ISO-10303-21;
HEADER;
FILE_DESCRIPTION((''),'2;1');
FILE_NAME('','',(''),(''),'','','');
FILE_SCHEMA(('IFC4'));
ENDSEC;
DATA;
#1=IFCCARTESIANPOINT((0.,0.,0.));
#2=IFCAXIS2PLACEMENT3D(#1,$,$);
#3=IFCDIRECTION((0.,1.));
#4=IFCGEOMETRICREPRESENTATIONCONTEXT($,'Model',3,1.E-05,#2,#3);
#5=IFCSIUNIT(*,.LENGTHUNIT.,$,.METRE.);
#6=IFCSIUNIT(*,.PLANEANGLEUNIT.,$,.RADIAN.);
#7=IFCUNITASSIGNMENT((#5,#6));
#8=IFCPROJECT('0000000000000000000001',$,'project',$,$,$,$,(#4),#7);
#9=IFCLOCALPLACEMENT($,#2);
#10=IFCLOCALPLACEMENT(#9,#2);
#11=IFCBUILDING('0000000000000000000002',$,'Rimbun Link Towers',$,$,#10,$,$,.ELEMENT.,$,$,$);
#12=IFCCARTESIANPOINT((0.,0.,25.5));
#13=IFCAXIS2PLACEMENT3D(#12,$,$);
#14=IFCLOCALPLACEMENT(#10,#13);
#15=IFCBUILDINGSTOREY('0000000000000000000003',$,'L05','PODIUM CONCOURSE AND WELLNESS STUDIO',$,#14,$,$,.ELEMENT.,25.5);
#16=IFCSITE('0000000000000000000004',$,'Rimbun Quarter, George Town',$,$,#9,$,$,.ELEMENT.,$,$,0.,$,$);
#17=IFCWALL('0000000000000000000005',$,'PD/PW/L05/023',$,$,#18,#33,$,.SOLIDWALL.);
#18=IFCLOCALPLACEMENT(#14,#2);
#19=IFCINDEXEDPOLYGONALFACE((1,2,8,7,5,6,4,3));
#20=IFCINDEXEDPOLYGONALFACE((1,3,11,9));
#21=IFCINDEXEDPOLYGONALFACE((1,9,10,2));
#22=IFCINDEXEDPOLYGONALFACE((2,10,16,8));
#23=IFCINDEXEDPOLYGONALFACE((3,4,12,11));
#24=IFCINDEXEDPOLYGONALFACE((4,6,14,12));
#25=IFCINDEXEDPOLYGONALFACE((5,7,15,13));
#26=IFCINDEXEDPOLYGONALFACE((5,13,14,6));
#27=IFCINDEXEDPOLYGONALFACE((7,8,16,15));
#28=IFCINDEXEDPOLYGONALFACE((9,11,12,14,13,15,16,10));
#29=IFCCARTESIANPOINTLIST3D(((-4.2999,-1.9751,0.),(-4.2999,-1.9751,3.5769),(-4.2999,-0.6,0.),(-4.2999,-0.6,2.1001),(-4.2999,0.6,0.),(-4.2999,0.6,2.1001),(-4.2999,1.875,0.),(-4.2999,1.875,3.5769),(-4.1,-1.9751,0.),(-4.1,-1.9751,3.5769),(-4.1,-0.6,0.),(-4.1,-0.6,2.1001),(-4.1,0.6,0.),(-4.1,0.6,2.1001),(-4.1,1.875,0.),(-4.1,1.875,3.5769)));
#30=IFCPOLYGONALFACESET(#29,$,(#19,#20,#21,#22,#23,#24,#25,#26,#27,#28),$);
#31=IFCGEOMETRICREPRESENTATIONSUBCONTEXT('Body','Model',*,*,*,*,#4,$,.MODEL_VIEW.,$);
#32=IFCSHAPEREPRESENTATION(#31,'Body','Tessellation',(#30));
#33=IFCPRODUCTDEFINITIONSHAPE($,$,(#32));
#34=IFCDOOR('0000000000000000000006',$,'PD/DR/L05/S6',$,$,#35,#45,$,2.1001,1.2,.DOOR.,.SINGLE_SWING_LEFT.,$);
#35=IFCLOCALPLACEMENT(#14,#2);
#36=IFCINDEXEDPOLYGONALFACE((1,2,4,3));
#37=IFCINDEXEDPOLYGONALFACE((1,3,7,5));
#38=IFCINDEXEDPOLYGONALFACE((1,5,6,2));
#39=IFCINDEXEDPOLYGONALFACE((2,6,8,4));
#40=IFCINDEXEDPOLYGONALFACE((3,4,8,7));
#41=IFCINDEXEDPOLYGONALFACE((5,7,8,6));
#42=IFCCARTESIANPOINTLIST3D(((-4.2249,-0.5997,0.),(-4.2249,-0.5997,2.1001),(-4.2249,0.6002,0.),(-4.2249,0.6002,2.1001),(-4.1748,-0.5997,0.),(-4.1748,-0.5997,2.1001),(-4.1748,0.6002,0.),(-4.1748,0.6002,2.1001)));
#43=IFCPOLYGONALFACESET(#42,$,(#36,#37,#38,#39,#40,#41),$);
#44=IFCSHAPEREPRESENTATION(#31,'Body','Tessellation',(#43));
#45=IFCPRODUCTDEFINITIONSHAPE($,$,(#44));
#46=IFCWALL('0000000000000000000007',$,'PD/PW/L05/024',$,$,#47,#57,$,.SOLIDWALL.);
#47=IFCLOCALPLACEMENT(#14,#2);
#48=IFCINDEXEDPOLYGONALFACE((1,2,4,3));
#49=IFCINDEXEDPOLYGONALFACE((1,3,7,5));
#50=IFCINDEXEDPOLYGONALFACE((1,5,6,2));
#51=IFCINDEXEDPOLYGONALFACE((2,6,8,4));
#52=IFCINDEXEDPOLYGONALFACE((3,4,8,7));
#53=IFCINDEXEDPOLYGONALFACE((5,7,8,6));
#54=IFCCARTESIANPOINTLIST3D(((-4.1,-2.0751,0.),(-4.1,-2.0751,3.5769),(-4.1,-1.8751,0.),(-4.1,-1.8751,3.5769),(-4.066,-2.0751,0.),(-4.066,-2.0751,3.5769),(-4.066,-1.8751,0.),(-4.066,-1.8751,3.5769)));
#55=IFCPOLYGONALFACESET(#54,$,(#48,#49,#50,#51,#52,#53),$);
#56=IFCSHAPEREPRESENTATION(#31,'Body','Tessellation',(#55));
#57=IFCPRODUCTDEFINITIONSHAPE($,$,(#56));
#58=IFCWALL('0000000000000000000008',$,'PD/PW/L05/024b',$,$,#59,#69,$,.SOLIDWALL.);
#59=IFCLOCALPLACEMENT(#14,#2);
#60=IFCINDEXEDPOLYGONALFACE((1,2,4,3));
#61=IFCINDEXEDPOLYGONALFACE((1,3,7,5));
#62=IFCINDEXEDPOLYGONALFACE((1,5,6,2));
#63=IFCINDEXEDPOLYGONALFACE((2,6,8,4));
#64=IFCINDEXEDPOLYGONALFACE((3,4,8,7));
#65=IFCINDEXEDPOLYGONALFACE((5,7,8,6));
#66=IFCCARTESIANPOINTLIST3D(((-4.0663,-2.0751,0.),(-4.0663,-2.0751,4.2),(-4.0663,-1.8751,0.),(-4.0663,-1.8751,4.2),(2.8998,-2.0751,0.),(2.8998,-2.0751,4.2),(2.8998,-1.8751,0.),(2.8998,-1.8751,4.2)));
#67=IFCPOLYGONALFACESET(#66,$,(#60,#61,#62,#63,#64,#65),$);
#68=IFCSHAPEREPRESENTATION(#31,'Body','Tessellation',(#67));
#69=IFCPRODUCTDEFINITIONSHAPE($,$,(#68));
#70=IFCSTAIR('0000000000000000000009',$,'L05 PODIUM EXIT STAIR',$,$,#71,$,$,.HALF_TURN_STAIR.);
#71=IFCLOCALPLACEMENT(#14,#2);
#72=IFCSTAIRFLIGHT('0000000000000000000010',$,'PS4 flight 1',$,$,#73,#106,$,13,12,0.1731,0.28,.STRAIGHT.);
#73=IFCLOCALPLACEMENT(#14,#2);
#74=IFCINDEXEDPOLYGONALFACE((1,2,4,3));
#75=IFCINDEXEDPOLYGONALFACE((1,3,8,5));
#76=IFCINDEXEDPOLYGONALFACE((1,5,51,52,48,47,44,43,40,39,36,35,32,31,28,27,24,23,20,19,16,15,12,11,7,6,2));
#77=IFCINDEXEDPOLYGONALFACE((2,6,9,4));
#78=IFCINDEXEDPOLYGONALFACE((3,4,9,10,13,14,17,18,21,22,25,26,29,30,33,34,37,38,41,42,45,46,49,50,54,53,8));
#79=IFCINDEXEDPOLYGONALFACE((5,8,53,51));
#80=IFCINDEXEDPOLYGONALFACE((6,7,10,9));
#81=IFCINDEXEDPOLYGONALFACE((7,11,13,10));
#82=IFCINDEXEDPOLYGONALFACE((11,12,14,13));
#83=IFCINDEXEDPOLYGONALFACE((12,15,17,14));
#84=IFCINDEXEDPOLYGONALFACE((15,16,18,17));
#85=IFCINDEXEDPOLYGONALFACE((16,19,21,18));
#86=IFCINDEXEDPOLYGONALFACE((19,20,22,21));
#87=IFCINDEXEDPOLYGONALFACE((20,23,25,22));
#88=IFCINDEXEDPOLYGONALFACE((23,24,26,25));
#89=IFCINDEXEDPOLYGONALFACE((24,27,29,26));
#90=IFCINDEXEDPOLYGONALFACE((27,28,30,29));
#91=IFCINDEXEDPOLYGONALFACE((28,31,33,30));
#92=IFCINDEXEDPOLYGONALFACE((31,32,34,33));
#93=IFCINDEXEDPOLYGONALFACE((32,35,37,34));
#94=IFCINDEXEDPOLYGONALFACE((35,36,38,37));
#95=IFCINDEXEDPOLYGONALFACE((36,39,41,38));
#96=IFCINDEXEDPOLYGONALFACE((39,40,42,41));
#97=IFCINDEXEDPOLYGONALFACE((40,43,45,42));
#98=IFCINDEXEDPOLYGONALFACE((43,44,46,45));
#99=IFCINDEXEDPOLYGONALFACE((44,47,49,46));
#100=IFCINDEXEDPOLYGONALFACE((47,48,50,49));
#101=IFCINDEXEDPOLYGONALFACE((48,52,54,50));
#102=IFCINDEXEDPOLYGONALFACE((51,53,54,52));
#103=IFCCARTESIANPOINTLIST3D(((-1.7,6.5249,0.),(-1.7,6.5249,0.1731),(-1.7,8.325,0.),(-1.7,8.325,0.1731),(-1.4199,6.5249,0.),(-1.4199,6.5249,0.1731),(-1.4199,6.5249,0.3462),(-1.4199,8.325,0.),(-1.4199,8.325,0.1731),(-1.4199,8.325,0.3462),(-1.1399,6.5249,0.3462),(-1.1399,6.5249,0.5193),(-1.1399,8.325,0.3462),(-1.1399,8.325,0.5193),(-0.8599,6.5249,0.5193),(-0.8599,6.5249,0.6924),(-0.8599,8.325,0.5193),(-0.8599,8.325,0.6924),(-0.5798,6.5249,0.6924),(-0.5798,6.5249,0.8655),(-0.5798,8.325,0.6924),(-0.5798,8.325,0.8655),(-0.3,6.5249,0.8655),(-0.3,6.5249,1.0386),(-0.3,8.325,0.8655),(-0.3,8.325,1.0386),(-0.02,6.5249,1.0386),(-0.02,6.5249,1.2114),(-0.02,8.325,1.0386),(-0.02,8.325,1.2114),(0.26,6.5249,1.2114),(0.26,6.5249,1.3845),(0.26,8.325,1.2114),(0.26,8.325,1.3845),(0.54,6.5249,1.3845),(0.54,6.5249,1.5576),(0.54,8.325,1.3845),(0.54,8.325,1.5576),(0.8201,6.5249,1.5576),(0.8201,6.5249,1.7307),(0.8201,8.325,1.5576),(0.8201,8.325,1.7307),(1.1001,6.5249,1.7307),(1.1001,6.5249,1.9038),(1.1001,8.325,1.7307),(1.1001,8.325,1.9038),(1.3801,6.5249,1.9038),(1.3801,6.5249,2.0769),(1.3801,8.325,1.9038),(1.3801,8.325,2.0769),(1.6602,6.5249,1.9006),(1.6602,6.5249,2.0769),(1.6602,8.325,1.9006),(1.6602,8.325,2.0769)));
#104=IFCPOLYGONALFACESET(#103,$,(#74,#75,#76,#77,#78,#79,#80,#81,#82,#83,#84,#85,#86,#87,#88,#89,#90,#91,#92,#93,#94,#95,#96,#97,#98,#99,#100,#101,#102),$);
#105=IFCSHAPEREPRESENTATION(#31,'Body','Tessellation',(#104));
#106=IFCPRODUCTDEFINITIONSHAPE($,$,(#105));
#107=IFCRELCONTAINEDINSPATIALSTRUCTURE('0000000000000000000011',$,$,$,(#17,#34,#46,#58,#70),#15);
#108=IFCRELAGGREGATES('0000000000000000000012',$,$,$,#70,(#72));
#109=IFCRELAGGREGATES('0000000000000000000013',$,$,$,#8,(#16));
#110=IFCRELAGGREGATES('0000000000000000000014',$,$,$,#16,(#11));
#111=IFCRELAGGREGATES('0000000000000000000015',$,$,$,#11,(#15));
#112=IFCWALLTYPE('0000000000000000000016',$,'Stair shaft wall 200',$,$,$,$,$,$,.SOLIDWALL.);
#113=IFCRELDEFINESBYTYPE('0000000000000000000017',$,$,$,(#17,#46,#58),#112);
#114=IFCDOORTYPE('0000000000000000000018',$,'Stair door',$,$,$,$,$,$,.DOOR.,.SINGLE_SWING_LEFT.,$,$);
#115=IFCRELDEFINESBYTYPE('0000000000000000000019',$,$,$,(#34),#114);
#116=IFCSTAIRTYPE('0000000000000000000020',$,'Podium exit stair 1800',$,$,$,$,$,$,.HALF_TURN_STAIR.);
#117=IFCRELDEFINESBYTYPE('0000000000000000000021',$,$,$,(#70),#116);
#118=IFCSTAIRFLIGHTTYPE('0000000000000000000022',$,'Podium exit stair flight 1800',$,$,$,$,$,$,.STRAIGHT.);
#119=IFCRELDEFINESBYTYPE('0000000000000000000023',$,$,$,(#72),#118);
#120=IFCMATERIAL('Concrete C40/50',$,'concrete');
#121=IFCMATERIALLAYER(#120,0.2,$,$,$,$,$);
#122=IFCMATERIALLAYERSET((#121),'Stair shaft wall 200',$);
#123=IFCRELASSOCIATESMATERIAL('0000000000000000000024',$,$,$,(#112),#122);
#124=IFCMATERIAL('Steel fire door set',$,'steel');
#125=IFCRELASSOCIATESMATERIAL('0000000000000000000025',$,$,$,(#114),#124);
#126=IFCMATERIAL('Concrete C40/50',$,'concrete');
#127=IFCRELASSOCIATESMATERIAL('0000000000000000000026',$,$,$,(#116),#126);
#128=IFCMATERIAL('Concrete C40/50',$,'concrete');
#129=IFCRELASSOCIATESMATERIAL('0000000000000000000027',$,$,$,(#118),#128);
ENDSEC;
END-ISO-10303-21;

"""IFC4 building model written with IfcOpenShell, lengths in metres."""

from ifc_helpers import new_model, si_unit, direction, frame, frame_2d, origin, place, context, subcontext, project, spatial, polyline, rectangle, outline, extrude, material, layer, layer_set, type_object, element, fill, aggregate, save


model = new_model("IFC4")

# Units and contexts
model_context = context("Model", 3, precision=1e-05, world=origin(), true_north=direction((0.0, 1.0)))
body_context = subcontext(model_context, "Body", "Model", "MODEL_VIEW")
ifc_project = project(units=[si_unit("LENGTHUNIT", "METRE"), si_unit("PLANEANGLEUNIT", "RADIAN")], contexts=[model_context])

# Site, building, storey
site_placement = place(None, origin())
site = spatial("IfcSite", under=ifc_project, at=site_placement, Name="Rimbun Quarter, George Town", CompositionType="ELEMENT", RefElevation=0.0)
building_placement = place(site_placement, origin())
building = spatial("IfcBuilding", under=site, at=building_placement, Name="Rimbun Link Towers", CompositionType="ELEMENT")
storey_placement = place(building_placement, frame((0.0, 0.0, 25.5)))
storey = spatial("IfcBuildingStorey", under=building, at=storey_placement, Name="L05", Description="PODIUM CONCOURSE AND WELLNESS STUDIO", CompositionType="ELEMENT", Elevation=25.5)

# Shared definitions
ifc_material_1 = material(Name="Concrete C40/50", Category="concrete")
ifc_layer_1 = layer(ifc_material_1, 0.2)
ifc_layer_set_1 = layer_set([ifc_layer_1], Name="Stair shaft wall 200")
wall_type = type_object("IfcWallType", Name="Stair shaft wall 200", PredefinedType="SOLIDWALL", material=ifc_layer_set_1)

# Wall, opening, door
wall_1_placement = place(storey_placement, frame((-4.2, 1.875, 0.0), z_axis=(0.0, 0.0, 1.0), x_axis=(0.0, -1.0, 0.0)))
wall_1 = element("IfcWall", 1, at=wall_1_placement, inside=storey, type_object=wall_type, Name="PD/PW/L05/023", PredefinedType="SOLIDWALL", context=body_context, shape_type="SweptSolid", body=[
    extrude(rectangle(XDim=3.8501, YDim=0.2, at=frame_2d((1.925, 0.0))), origin(), (0.0, 0.0, 1.0), 3.5769),
])
opening_placement = place(wall_1_placement, frame((1.2749, 0.0, 0.0)))
opening = element("IfcOpeningElement", 2, at=opening_placement, cuts=wall_1, PredefinedType="OPENING", context=body_context, shape_type="SweptSolid", body=[
    extrude(rectangle(XDim=1.2, YDim=2.1001, at=frame_2d((0.6001, 1.05))), frame((0.0, 0.1099, 0.0), z_axis=(0.0, -1.0, 0.0), x_axis=(1.0, 0.0, 0.0)), (0.0, 0.0, 1.0), 0.22),
])
ifc_material_2 = material(Name="Steel fire door set", Category="steel")
door_type = type_object("IfcDoorType", Name="Stair door", OperationType="SINGLE_SWING_LEFT", PredefinedType="DOOR", material=ifc_material_2)
door_placement = place(opening_placement, frame((1.2, 0.0, 0.0), z_axis=(0.0, 0.0, 1.0), x_axis=(-1.0, 0.0, 0.0)))
door = element("IfcDoor", 3, at=door_placement, inside=storey, type_object=door_type, Name="PD/DR/L05/S6", OperationType="SINGLE_SWING_LEFT", OverallHeight=2.1001, OverallWidth=1.2, PredefinedType="DOOR", context=body_context, shape_type="SweptSolid", body=[
    extrude(rectangle(XDim=1.2, YDim=2.1001, at=frame_2d((0.6001, 1.05))), frame((0.0, 0.0249, 0.0), z_axis=(0.0, -1.0, 0.0), x_axis=(1.0, 0.0, 0.0)), (0.0, 0.0, 1.0), 0.05),
])
fill(opening, door)

# Walls
wall_2_placement = place(storey_placement, frame((-4.1001, -1.9751, 0.0), z_axis=(0.0, 0.0, 1.0), x_axis=(1.0, 0.0, 0.0)))
element("IfcWall", 4, at=wall_2_placement, inside=storey, type_object=wall_type, Name="PD/PW/L05/024", PredefinedType="SOLIDWALL", context=body_context, shape_type="SweptSolid", body=[
    extrude(rectangle(XDim=0.0339, YDim=0.2, at=frame_2d((0.0171, 0.0))), origin(), (0.0, 0.0, 1.0), 3.5769),
])
wall_3_placement = place(storey_placement, frame((-4.0662, -1.9751, 0.0), z_axis=(0.0, 0.0, 1.0), x_axis=(1.0, 0.0, 0.0)))
element("IfcWall", 5, at=wall_3_placement, inside=storey, type_object=wall_type, Name="PD/PW/L05/024b", PredefinedType="SOLIDWALL", context=body_context, shape_type="SweptSolid", body=[
    extrude(rectangle(XDim=6.9661, YDim=0.2, at=frame_2d((3.4829, 0.0))), origin(), (0.0, 0.0, 1.0), 4.2),
])

# Stair, stair flight
ifc_material_3 = material(Name="Concrete C40/50", Category="concrete")
stair_type = type_object("IfcStairType", Name="Podium exit stair 1800", PredefinedType="HALF_TURN_STAIR", material=ifc_material_3)
stair_placement = place(storey_placement, origin())
stair = element("IfcStair", 6, at=stair_placement, inside=storey, type_object=stair_type, Name="L05 PODIUM EXIT STAIR", PredefinedType="HALF_TURN_STAIR")
ifc_material_4 = material(Name="Concrete C40/50", Category="concrete")
stair_flight_type = type_object("IfcStairFlightType", Name="Podium exit stair flight 1800", PredefinedType="STRAIGHT", material=ifc_material_4)
stair_flight_placement = place(storey_placement, frame((-1.7, 7.425, 0.0), z_axis=(0.0, 0.0, 1.0), x_axis=(1.0, 0.0, 0.0)))
stair_flight = element("IfcStairFlight", 7, at=stair_flight_placement, type_object=stair_flight_type, Name="PS4 flight 1", NumberOfRisers=13, NumberOfTreads=12, PredefinedType="STRAIGHT", RiserHeight=0.1731, TreadLength=0.28, context=body_context, shape_type="SweptSolid", body=[
    extrude(outline(polyline([(0.0, 0.0), (0.0, 0.1731), (0.28, 0.1731), (0.28, 0.3462), (0.5601, 0.3462), (0.5601, 0.5193), (0.8401, 0.5193), (0.8401, 0.6924), (1.1201, 0.6924), (1.1201, 0.8655), (1.3999, 0.8655), (1.3999, 1.0386), (1.6799, 1.0386), (1.6799, 1.2114), (1.96, 1.2114), (1.96, 1.3845), (2.24, 1.3845), (2.24, 1.5576), (2.52, 1.5576), (2.52, 1.7307), (2.8, 1.7307), (2.8, 1.9038), (3.0801, 1.9038), (3.0801, 2.0769), (3.3601, 2.0769), (3.3601, 2.25), (3.3601, 1.9006), (0.28, 0.0), (0.0, 0.0)])), frame((0.0, 0.8999, 0.0), z_axis=(0.0, -1.0, 0.0), x_axis=(1.0, 0.0, 0.0)), (0.0, 0.0, 1.0), 1.8),
])
aggregate(stair, [stair_flight])

save(model, "model.ifc")
